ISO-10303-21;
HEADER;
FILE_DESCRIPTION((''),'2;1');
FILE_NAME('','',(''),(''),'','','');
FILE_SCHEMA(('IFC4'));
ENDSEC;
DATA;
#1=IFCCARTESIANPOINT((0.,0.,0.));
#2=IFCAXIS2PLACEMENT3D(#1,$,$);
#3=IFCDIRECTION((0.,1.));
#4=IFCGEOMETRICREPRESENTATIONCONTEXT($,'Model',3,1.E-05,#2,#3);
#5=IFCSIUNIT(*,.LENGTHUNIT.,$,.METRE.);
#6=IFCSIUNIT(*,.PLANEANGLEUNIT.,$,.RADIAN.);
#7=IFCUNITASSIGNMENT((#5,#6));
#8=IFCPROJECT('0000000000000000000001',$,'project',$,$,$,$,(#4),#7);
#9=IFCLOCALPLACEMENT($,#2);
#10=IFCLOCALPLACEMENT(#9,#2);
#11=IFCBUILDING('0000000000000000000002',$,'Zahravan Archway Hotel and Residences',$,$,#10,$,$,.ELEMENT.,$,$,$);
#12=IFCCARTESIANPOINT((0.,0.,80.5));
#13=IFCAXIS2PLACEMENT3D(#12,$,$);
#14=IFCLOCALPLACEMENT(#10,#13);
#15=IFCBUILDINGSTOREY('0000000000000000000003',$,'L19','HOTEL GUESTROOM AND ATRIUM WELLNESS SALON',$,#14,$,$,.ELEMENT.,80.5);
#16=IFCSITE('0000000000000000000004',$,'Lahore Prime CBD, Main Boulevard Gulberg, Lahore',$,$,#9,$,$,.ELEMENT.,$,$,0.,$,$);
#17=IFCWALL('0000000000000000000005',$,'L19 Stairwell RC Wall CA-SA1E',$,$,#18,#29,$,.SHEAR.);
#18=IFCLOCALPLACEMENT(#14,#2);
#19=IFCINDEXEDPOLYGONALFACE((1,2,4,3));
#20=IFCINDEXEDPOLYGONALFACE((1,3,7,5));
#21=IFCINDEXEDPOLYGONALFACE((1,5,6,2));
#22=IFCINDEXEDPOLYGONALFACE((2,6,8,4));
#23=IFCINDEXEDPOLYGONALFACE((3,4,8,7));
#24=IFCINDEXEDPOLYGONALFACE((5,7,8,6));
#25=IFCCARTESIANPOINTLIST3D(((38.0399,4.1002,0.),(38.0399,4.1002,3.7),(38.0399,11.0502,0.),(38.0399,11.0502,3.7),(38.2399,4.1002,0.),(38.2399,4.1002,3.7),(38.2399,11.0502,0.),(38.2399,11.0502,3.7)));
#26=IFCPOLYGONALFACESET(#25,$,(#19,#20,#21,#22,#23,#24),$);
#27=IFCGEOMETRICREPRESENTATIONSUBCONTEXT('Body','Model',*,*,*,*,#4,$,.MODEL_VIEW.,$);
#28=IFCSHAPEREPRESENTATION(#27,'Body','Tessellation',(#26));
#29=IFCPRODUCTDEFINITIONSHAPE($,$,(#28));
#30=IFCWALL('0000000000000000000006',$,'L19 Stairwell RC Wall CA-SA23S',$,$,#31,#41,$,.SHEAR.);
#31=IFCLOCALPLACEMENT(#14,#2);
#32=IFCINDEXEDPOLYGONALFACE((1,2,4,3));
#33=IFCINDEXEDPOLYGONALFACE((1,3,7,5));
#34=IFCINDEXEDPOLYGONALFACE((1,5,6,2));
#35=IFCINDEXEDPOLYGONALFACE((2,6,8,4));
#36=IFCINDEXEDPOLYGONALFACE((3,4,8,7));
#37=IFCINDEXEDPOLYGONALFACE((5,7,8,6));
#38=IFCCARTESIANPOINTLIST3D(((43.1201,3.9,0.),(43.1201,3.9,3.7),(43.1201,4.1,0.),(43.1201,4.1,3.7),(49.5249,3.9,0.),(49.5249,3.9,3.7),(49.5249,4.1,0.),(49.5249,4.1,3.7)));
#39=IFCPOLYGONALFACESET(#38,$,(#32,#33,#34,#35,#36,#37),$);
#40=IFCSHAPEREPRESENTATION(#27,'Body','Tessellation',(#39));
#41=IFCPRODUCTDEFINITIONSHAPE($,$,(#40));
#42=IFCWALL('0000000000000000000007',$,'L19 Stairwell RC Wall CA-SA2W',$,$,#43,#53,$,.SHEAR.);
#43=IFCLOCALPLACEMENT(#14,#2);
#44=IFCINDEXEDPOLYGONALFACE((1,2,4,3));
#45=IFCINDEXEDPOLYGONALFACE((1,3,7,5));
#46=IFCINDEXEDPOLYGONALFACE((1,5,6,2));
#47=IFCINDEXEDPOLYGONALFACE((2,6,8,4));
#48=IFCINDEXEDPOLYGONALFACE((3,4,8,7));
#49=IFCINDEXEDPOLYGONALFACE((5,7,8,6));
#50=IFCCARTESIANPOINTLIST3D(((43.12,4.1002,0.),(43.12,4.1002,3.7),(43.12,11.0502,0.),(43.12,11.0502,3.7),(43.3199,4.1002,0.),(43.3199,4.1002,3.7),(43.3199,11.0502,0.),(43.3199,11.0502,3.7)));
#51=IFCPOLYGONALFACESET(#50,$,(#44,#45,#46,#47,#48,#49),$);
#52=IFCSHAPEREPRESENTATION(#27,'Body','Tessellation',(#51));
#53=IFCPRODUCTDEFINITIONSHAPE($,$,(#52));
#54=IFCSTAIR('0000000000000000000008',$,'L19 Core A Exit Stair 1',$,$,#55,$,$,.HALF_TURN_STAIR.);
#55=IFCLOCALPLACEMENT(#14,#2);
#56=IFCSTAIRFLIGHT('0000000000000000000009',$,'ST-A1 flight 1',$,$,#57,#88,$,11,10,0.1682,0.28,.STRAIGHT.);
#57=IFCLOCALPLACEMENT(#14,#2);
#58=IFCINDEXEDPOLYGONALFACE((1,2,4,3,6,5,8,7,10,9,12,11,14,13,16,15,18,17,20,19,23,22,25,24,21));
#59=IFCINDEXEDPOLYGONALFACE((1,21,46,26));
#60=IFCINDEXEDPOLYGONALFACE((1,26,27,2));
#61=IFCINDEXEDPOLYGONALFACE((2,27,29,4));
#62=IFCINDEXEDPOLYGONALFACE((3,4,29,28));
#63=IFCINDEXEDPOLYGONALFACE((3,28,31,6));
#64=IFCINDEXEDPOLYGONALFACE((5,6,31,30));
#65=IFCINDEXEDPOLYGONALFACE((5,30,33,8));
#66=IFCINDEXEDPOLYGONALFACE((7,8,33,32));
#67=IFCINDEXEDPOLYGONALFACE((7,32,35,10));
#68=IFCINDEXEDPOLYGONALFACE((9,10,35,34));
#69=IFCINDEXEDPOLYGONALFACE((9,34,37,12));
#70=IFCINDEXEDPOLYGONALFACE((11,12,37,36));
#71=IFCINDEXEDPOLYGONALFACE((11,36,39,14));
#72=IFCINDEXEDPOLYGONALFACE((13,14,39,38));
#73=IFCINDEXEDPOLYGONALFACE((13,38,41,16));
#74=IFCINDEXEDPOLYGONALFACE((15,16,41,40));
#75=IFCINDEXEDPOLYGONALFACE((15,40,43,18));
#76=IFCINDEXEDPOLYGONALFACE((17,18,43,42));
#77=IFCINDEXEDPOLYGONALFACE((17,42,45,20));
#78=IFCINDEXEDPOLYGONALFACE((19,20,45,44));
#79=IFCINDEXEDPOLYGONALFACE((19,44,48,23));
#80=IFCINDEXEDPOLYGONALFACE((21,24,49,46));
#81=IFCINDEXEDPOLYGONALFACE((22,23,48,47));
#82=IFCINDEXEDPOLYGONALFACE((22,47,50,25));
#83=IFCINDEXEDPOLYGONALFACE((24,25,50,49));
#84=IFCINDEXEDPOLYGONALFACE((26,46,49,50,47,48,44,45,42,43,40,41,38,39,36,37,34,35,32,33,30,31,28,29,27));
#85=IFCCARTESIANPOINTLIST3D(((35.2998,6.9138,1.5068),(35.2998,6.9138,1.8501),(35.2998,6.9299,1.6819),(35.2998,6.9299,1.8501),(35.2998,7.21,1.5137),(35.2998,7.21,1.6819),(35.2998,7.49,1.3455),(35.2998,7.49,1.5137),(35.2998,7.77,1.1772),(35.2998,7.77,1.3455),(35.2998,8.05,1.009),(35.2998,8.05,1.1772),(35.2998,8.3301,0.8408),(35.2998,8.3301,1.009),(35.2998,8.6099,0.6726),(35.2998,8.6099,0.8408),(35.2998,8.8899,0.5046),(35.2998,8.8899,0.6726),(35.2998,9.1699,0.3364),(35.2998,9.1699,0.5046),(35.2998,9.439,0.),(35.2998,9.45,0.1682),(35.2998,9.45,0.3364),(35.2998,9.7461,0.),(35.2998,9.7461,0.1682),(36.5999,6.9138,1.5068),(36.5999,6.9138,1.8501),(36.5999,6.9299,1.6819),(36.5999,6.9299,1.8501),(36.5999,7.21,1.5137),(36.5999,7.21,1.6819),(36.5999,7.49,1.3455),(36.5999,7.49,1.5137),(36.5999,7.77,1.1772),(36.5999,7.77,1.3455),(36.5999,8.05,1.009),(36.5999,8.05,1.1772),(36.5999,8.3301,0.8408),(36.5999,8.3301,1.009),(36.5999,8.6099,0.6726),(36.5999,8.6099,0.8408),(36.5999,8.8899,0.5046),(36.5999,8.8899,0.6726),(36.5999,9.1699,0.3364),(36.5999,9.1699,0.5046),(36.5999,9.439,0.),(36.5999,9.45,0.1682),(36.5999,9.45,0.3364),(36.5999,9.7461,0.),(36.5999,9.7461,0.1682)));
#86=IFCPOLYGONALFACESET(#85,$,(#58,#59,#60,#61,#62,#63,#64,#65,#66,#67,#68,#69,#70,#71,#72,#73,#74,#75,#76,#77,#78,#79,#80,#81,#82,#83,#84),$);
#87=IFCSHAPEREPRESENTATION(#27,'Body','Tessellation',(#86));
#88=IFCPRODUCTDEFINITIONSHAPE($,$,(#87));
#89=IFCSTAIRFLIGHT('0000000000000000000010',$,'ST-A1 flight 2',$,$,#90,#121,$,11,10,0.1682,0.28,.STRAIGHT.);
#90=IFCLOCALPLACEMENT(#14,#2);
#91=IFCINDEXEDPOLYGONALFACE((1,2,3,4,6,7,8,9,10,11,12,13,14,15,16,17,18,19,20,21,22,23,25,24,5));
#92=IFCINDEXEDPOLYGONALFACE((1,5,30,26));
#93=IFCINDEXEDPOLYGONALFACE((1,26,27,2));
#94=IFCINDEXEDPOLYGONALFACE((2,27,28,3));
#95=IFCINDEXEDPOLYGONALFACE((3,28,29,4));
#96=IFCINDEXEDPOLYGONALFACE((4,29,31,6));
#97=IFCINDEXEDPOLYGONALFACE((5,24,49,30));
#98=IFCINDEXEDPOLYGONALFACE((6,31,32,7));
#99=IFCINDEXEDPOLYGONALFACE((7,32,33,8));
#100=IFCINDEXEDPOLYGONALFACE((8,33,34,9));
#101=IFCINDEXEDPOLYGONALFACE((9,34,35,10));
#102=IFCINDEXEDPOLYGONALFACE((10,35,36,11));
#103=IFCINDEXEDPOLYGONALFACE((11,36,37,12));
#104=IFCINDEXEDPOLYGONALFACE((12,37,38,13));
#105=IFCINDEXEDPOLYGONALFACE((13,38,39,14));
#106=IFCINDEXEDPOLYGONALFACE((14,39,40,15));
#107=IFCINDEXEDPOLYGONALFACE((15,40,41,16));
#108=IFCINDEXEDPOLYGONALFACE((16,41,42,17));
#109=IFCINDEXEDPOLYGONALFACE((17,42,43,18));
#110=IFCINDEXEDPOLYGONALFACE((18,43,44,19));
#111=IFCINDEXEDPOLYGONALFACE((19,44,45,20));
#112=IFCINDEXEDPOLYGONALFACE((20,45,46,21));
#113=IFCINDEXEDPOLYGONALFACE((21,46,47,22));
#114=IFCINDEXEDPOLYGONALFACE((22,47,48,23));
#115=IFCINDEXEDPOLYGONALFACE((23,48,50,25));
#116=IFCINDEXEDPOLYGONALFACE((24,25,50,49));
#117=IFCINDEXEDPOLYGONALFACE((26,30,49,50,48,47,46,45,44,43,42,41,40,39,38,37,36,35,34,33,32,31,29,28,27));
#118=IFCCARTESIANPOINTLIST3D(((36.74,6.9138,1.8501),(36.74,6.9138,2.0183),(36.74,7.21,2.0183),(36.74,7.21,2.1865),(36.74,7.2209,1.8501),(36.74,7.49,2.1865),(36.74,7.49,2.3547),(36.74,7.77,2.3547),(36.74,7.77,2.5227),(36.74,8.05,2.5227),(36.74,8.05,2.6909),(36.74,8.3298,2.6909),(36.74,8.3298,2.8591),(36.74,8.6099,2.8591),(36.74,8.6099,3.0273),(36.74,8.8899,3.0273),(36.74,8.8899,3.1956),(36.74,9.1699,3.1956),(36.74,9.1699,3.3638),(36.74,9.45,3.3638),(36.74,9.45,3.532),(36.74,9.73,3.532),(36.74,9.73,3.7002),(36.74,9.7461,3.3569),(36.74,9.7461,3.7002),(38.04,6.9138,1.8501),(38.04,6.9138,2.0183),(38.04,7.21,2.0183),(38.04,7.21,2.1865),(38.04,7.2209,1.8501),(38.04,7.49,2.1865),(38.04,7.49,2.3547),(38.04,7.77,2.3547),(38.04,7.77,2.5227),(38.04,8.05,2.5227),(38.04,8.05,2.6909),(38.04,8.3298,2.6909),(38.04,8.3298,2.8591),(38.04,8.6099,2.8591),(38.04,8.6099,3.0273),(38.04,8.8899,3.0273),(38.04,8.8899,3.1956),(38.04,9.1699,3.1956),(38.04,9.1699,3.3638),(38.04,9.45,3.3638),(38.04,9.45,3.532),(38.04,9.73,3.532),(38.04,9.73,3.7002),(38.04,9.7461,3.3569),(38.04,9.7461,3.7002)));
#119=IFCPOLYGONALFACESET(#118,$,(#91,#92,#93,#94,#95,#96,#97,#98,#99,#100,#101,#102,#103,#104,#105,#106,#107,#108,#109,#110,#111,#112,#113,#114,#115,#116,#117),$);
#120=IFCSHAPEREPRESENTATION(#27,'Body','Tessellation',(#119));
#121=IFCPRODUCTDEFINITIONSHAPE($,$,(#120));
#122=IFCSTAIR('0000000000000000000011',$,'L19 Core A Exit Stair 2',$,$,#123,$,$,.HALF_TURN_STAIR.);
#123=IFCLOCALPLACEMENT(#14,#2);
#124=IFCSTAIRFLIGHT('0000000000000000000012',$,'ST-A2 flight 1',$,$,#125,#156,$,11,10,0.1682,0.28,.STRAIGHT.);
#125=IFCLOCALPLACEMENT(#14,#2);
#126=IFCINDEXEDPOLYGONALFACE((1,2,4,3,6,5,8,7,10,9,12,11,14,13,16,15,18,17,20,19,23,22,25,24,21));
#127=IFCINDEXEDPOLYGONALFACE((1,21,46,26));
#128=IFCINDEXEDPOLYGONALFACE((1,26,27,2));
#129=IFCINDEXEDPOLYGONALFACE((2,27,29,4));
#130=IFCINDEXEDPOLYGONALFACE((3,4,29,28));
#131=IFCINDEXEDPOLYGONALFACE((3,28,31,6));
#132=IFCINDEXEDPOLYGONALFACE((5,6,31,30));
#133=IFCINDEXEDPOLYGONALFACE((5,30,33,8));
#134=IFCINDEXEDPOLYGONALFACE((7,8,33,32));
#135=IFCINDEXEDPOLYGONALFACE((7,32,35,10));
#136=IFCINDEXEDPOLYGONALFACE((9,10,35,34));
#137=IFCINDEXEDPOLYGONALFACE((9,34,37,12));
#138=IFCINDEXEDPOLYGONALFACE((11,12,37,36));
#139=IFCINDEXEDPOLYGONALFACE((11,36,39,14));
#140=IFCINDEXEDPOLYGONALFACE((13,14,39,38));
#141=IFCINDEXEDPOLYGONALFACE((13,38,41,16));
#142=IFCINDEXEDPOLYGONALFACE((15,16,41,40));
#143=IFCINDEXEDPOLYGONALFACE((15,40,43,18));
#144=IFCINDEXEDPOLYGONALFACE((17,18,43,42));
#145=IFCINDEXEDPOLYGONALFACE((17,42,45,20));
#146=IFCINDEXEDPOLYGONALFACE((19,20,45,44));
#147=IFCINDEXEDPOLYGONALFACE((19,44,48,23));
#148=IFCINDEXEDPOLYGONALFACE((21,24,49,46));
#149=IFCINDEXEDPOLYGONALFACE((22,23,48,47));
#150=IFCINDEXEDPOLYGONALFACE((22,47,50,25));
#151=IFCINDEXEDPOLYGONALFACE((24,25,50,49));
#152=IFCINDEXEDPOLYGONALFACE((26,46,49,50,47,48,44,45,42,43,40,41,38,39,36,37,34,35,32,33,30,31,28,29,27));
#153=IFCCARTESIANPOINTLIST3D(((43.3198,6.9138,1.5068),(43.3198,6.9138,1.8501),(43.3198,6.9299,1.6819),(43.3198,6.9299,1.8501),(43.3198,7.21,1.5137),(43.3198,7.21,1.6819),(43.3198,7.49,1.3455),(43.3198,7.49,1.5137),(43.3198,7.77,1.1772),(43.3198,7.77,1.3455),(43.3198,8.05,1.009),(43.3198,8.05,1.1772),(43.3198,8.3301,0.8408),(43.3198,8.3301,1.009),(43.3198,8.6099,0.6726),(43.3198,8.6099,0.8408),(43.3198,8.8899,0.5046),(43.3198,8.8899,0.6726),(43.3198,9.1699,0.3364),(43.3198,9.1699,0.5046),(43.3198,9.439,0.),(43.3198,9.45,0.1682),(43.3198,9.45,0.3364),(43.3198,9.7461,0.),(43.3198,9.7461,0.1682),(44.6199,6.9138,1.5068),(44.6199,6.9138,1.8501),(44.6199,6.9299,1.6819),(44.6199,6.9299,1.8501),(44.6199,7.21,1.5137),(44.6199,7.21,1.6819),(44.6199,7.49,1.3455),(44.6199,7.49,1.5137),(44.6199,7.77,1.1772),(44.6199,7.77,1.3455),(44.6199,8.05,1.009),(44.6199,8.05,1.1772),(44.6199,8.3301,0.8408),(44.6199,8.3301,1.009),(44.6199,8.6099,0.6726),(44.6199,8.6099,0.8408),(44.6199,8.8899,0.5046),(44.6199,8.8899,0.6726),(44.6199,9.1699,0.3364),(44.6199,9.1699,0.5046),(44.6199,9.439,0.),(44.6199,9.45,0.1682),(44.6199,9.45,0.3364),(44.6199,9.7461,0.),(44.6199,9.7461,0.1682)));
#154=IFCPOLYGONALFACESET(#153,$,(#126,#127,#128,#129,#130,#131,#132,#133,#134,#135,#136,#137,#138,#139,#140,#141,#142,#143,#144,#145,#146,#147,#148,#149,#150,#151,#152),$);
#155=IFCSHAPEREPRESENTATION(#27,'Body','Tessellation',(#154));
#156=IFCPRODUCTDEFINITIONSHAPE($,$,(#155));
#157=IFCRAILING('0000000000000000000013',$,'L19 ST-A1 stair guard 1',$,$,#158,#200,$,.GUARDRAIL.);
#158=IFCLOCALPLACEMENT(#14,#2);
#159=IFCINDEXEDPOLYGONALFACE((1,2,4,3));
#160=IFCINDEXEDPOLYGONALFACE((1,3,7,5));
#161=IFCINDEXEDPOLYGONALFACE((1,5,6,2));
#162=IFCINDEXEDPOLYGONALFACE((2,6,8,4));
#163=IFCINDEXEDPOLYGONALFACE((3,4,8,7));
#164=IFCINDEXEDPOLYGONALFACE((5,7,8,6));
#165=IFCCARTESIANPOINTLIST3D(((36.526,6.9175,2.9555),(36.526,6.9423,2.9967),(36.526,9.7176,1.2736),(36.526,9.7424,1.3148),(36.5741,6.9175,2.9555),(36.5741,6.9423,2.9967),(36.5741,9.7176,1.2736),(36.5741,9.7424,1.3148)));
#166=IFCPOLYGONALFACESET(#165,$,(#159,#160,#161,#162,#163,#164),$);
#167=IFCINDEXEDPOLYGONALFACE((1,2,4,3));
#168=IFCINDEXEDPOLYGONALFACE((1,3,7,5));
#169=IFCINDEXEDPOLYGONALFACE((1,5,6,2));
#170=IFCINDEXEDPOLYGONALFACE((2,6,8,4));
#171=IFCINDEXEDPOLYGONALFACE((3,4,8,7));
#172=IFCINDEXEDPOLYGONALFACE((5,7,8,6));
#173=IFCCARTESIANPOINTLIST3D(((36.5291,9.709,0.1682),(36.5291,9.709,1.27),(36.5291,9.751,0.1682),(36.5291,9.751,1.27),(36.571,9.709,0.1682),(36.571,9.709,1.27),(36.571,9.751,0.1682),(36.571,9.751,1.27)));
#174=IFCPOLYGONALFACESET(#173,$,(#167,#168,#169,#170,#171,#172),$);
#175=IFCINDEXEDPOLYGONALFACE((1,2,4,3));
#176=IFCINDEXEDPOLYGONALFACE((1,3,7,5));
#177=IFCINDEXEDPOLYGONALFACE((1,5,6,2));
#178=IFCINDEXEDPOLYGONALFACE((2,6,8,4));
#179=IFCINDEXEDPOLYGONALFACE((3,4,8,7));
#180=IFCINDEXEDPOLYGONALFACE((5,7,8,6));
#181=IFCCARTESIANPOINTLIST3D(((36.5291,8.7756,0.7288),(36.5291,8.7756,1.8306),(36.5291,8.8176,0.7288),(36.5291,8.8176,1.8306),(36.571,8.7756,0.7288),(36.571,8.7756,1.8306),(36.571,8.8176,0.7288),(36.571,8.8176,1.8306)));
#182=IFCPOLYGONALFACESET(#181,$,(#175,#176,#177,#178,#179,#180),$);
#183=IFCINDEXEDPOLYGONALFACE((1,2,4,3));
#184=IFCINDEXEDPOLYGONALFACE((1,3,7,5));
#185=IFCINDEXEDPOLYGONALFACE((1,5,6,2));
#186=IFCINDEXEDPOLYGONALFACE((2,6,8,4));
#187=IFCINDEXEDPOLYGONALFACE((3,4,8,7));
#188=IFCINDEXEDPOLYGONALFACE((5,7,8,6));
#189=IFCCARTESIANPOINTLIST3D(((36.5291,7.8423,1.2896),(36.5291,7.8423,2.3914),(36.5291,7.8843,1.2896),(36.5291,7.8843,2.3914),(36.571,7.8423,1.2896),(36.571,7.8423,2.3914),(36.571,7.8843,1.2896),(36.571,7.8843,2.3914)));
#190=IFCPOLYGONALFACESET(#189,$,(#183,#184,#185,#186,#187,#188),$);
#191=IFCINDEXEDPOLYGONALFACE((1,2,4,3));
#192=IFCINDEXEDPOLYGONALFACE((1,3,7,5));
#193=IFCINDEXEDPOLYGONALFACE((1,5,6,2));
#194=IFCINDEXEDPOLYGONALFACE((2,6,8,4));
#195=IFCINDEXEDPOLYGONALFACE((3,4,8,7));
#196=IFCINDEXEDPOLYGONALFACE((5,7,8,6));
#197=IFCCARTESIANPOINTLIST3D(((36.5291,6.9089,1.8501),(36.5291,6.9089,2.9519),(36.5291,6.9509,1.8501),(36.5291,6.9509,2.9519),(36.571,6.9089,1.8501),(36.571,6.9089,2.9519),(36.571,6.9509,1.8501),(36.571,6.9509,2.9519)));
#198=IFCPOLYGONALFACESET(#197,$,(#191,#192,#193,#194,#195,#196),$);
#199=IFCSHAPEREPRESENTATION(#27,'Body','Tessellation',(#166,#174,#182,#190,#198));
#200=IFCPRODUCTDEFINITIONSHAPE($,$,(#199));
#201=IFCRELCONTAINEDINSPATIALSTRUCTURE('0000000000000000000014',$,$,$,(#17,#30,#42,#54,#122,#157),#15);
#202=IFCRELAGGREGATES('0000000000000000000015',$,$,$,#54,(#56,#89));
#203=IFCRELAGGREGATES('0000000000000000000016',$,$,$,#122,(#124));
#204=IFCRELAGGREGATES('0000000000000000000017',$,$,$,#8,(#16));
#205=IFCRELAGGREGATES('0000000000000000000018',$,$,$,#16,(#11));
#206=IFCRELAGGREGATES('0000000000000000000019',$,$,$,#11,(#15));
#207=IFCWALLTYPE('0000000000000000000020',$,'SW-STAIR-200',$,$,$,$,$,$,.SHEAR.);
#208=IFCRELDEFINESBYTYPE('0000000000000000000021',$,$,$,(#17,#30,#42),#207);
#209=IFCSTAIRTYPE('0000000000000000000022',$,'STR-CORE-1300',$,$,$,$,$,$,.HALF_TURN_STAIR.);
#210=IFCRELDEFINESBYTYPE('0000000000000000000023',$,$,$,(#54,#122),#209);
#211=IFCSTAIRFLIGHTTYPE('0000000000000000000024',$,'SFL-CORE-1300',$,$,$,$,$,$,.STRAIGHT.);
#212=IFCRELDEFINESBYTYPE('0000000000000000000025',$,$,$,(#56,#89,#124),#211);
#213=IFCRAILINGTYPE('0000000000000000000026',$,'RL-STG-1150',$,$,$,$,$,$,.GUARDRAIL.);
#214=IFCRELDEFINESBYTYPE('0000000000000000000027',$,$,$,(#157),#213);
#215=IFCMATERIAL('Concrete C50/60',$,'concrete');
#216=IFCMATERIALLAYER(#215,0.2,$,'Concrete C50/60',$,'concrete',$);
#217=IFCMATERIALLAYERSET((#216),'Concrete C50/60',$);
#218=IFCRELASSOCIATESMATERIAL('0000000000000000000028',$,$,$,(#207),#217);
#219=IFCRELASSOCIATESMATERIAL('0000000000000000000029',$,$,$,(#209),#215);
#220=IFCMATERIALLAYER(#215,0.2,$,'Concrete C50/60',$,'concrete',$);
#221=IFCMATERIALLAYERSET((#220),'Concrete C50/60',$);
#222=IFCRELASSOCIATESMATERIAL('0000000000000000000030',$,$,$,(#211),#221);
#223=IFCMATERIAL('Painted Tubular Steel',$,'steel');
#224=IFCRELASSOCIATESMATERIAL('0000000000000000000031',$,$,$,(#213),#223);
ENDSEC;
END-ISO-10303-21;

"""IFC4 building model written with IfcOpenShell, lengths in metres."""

from ifc_helpers import new_model, si_unit, direction, frame, frame_2d, origin, origin_2d, place, context, subcontext, project, spatial, polyline, rectangle, outline, extrude, source, transform, mapped, material, layer, layer_set, type_object, element, aggregate, save


model = new_model("IFC4")

# Units and contexts
model_context = context("Model", 3, precision=1e-05, world=origin(), true_north=direction((0.0, 1.0)))
body_context = subcontext(model_context, "Body", "Model", "MODEL_VIEW")
ifc_project = project(units=[si_unit("LENGTHUNIT", "METRE"), si_unit("PLANEANGLEUNIT", "RADIAN")], contexts=[model_context])

# Site, building, storey
site_placement = place(None, origin())
site = spatial("IfcSite", under=ifc_project, at=site_placement, Name="Lahore Prime CBD, Main Boulevard Gulberg, Lahore", CompositionType="ELEMENT", RefElevation=0.0)
building_placement = place(site_placement, origin())
building = spatial("IfcBuilding", under=site, at=building_placement, Name="Zahravan Archway Hotel and Residences", CompositionType="ELEMENT")
storey_placement = place(building_placement, frame((0.0, 0.0, 80.5)))
storey = spatial("IfcBuildingStorey", under=building, at=storey_placement, Name="L19", Description="HOTEL GUESTROOM AND ATRIUM WELLNESS SALON", CompositionType="ELEMENT", Elevation=80.5)

# Walls
ifc_material_1 = material(Name="Concrete C50/60", Category="concrete")
ifc_layer_1 = layer(ifc_material_1, 0.2, Name="Concrete C50/60", Category="concrete")
ifc_layer_set_1 = layer_set([ifc_layer_1], Name="Concrete C50/60")
wall_type_1 = type_object("IfcWallType", Name="SW-STAIR-200", PredefinedType="SHEAR", material=ifc_layer_set_1)
for number, where, z_axis, x_axis, name in (
    (1, (38.1399, 4.1001, 0.0), (0.0, 0.0, 1.0), (0.0, 1.0, 0.0), "L19 Stairwell RC Wall CA-SA1E"),
):
    element("IfcWall", number, at=place(storey_placement, frame(where, z_axis=z_axis, x_axis=x_axis)), inside=storey, type_object=wall_type_1, Name=name, PredefinedType="SHEAR", context=body_context, shape_type="SweptSolid", body=[
        extrude(rectangle(XDim=6.95, YDim=0.2, at=frame_2d((3.4751, 0.0))), origin(), (0.0, 0.0, 1.0), 3.7),
    ])
wall_1_placement = place(storey_placement, frame((43.1201, 4.0, 0.0), z_axis=(0.0, 0.0, 1.0), x_axis=(1.0, 0.0, 0.0)))
element("IfcWall", 2, at=wall_1_placement, inside=storey, type_object=wall_type_1, Name="L19 Stairwell RC Wall CA-SA23S", PredefinedType="SHEAR", context=body_context, shape_type="SweptSolid", body=[
    extrude(rectangle(XDim=6.4048, YDim=0.2, at=frame_2d((3.2024, 0.0))), origin(), (0.0, 0.0, 1.0), 3.7),
])
wall_2_placement = place(storey_placement, frame((43.22, 4.1001, 0.0), z_axis=(0.0, 0.0, 1.0), x_axis=(0.0, 1.0, 0.0)))
element("IfcWall", 3, at=wall_2_placement, inside=storey, type_object=wall_type_1, Name="L19 Stairwell RC Wall CA-SA2W", PredefinedType="SHEAR", context=body_context, shape_type="SweptSolid", body=[
    extrude(rectangle(XDim=6.95, YDim=0.2, at=frame_2d((3.4751, 0.0))), origin(), (0.0, 0.0, 1.0), 3.7),
])

# Stair, stair flights
stair_type = type_object("IfcStairType", Name="STR-CORE-1300", PredefinedType="HALF_TURN_STAIR", material=ifc_material_1)
stair_1_placement = place(storey_placement, origin())
stair_1 = element("IfcStair", 4, at=stair_1_placement, inside=storey, type_object=stair_type, Name="L19 Core A Exit Stair 1", PredefinedType="HALF_TURN_STAIR")
ifc_layer_2 = layer(ifc_material_1, 0.2, Name="Concrete C50/60", Category="concrete")
ifc_layer_set_2 = layer_set([ifc_layer_2], Name="Concrete C50/60")
stair_flight_type = type_object("IfcStairFlightType", Name="SFL-CORE-1300", PredefinedType="STRAIGHT", material=ifc_layer_set_2)
shared_shape_1 = source(origin(), body_context, "Body", "SweptSolid", [
    extrude(outline(polyline([(-0.0161, 0.0), (-0.0161, 0.1682), (0.28, 0.1682), (0.28, 0.3364), (0.5601, 0.3364), (0.5601, 0.5046), (0.8401, 0.5046), (0.8401, 0.6726), (1.1201, 0.6726), (1.1201, 0.8408), (1.3999, 0.8408), (1.3999, 1.009), (1.6799, 1.009), (1.6799, 1.1772), (1.96, 1.1772), (1.96, 1.3455), (2.24, 1.3455), (2.24, 1.5137), (2.52, 1.5137), (2.52, 1.6819), (2.8, 1.6819), (2.8, 1.8501), (2.8162, 1.8501), (2.8162, 1.5068), (0.291, 0.0), (-0.0161, 0.0)])), frame((0.0, 0.6499, 0.0), z_axis=(0.0, -1.0, 0.0), x_axis=(1.0, 0.0, 0.0)), (0.0, 0.0, 1.0), 1.3),
])
stair_flight_1_placement = place(storey_placement, frame((35.95, 9.73, 0.0), z_axis=(0.0, 0.0, 1.0), x_axis=(0.0, -1.0, 0.0)))
stair_flight_1 = element("IfcStairFlight", 5, at=stair_flight_1_placement, type_object=stair_flight_type, Name="ST-A1 flight 1", NumberOfRisers=11, NumberOfTreads=10, PredefinedType="STRAIGHT", RiserHeight=0.1682, TreadLength=0.28, context=body_context, shape_type="MappedRepresentation", body=[
    mapped(shared_shape_1, transform((0.0, 0.0, 0.0), scale=1.0)),
])
stair_flight_2_placement = place(storey_placement, frame((37.3899, 6.9299, 1.8501), z_axis=(0.0, 0.0, 1.0), x_axis=(0.0, 1.0, 0.0)))
stair_flight_2 = element("IfcStairFlight", 6, at=stair_flight_2_placement, type_object=stair_flight_type, Name="ST-A1 flight 2", NumberOfRisers=11, NumberOfTreads=10, PredefinedType="STRAIGHT", RiserHeight=0.1682, TreadLength=0.28, context=body_context, shape_type="MappedRepresentation", body=[
    mapped(shared_shape_1, transform((0.0, 0.0, 0.0), scale=1.0)),
])
aggregate(stair_1, [stair_flight_1, stair_flight_2])

# Stair, stair flight
stair_2_placement = place(storey_placement, origin())
stair_2 = element("IfcStair", 7, at=stair_2_placement, inside=storey, type_object=stair_type, Name="L19 Core A Exit Stair 2", PredefinedType="HALF_TURN_STAIR")
stair_flight_3_placement = place(storey_placement, frame((43.97, 9.73, 0.0), z_axis=(0.0, 0.0, 1.0), x_axis=(0.0, -1.0, 0.0)))
stair_flight_3 = element("IfcStairFlight", 8, at=stair_flight_3_placement, type_object=stair_flight_type, Name="ST-A2 flight 1", NumberOfRisers=11, NumberOfTreads=10, PredefinedType="STRAIGHT", RiserHeight=0.1682, TreadLength=0.28, context=body_context, shape_type="MappedRepresentation", body=[
    mapped(shared_shape_1, transform((0.0, 0.0, 0.0), scale=1.0)),
])
aggregate(stair_2, [stair_flight_3])

# Railing
ifc_material_2 = material(Name="Painted Tubular Steel", Category="steel")
railing_type_1 = type_object("IfcRailingType", Name="RL-STG-1150", PredefinedType="GUARDRAIL", material=ifc_material_2)
railing_1_placement = place(storey_placement, frame((36.55, 9.73, 0.1682)))
element("IfcRailing", 9, at=railing_1_placement, inside=storey, type_object=railing_type_1, Name="L19 ST-A1 stair guard 1", PredefinedType="GUARDRAIL", context=body_context, shape_type="SweptSolid", body=[
    extrude(rectangle(XDim=0.0481, YDim=0.0481, at=origin_2d()), frame((0.0, 0.0, 1.126), z_axis=(0.0, -0.857242, 0.514913), x_axis=(1.0, 0.0, 0.0)), (0.0, 0.0, 1.0), 3.2664),
    extrude(rectangle(XDim=0.042, YDim=0.042, at=origin_2d()), origin(), (0.0, 0.0, 1.0), 1.1018),
    extrude(rectangle(XDim=0.042, YDim=0.042, at=origin_2d()), frame((0.0, -0.9333, 0.5605)), (0.0, 0.0, 1.0), 1.1018),
    extrude(rectangle(XDim=0.042, YDim=0.042, at=origin_2d()), frame((0.0, -1.8667, 1.1213)), (0.0, 0.0, 1.0), 1.1018),
    extrude(rectangle(XDim=0.042, YDim=0.042, at=origin_2d()), frame((0.0, -2.8, 1.6819)), (0.0, 0.0, 1.0), 1.1018),
])

save(model, "model.ifc")
